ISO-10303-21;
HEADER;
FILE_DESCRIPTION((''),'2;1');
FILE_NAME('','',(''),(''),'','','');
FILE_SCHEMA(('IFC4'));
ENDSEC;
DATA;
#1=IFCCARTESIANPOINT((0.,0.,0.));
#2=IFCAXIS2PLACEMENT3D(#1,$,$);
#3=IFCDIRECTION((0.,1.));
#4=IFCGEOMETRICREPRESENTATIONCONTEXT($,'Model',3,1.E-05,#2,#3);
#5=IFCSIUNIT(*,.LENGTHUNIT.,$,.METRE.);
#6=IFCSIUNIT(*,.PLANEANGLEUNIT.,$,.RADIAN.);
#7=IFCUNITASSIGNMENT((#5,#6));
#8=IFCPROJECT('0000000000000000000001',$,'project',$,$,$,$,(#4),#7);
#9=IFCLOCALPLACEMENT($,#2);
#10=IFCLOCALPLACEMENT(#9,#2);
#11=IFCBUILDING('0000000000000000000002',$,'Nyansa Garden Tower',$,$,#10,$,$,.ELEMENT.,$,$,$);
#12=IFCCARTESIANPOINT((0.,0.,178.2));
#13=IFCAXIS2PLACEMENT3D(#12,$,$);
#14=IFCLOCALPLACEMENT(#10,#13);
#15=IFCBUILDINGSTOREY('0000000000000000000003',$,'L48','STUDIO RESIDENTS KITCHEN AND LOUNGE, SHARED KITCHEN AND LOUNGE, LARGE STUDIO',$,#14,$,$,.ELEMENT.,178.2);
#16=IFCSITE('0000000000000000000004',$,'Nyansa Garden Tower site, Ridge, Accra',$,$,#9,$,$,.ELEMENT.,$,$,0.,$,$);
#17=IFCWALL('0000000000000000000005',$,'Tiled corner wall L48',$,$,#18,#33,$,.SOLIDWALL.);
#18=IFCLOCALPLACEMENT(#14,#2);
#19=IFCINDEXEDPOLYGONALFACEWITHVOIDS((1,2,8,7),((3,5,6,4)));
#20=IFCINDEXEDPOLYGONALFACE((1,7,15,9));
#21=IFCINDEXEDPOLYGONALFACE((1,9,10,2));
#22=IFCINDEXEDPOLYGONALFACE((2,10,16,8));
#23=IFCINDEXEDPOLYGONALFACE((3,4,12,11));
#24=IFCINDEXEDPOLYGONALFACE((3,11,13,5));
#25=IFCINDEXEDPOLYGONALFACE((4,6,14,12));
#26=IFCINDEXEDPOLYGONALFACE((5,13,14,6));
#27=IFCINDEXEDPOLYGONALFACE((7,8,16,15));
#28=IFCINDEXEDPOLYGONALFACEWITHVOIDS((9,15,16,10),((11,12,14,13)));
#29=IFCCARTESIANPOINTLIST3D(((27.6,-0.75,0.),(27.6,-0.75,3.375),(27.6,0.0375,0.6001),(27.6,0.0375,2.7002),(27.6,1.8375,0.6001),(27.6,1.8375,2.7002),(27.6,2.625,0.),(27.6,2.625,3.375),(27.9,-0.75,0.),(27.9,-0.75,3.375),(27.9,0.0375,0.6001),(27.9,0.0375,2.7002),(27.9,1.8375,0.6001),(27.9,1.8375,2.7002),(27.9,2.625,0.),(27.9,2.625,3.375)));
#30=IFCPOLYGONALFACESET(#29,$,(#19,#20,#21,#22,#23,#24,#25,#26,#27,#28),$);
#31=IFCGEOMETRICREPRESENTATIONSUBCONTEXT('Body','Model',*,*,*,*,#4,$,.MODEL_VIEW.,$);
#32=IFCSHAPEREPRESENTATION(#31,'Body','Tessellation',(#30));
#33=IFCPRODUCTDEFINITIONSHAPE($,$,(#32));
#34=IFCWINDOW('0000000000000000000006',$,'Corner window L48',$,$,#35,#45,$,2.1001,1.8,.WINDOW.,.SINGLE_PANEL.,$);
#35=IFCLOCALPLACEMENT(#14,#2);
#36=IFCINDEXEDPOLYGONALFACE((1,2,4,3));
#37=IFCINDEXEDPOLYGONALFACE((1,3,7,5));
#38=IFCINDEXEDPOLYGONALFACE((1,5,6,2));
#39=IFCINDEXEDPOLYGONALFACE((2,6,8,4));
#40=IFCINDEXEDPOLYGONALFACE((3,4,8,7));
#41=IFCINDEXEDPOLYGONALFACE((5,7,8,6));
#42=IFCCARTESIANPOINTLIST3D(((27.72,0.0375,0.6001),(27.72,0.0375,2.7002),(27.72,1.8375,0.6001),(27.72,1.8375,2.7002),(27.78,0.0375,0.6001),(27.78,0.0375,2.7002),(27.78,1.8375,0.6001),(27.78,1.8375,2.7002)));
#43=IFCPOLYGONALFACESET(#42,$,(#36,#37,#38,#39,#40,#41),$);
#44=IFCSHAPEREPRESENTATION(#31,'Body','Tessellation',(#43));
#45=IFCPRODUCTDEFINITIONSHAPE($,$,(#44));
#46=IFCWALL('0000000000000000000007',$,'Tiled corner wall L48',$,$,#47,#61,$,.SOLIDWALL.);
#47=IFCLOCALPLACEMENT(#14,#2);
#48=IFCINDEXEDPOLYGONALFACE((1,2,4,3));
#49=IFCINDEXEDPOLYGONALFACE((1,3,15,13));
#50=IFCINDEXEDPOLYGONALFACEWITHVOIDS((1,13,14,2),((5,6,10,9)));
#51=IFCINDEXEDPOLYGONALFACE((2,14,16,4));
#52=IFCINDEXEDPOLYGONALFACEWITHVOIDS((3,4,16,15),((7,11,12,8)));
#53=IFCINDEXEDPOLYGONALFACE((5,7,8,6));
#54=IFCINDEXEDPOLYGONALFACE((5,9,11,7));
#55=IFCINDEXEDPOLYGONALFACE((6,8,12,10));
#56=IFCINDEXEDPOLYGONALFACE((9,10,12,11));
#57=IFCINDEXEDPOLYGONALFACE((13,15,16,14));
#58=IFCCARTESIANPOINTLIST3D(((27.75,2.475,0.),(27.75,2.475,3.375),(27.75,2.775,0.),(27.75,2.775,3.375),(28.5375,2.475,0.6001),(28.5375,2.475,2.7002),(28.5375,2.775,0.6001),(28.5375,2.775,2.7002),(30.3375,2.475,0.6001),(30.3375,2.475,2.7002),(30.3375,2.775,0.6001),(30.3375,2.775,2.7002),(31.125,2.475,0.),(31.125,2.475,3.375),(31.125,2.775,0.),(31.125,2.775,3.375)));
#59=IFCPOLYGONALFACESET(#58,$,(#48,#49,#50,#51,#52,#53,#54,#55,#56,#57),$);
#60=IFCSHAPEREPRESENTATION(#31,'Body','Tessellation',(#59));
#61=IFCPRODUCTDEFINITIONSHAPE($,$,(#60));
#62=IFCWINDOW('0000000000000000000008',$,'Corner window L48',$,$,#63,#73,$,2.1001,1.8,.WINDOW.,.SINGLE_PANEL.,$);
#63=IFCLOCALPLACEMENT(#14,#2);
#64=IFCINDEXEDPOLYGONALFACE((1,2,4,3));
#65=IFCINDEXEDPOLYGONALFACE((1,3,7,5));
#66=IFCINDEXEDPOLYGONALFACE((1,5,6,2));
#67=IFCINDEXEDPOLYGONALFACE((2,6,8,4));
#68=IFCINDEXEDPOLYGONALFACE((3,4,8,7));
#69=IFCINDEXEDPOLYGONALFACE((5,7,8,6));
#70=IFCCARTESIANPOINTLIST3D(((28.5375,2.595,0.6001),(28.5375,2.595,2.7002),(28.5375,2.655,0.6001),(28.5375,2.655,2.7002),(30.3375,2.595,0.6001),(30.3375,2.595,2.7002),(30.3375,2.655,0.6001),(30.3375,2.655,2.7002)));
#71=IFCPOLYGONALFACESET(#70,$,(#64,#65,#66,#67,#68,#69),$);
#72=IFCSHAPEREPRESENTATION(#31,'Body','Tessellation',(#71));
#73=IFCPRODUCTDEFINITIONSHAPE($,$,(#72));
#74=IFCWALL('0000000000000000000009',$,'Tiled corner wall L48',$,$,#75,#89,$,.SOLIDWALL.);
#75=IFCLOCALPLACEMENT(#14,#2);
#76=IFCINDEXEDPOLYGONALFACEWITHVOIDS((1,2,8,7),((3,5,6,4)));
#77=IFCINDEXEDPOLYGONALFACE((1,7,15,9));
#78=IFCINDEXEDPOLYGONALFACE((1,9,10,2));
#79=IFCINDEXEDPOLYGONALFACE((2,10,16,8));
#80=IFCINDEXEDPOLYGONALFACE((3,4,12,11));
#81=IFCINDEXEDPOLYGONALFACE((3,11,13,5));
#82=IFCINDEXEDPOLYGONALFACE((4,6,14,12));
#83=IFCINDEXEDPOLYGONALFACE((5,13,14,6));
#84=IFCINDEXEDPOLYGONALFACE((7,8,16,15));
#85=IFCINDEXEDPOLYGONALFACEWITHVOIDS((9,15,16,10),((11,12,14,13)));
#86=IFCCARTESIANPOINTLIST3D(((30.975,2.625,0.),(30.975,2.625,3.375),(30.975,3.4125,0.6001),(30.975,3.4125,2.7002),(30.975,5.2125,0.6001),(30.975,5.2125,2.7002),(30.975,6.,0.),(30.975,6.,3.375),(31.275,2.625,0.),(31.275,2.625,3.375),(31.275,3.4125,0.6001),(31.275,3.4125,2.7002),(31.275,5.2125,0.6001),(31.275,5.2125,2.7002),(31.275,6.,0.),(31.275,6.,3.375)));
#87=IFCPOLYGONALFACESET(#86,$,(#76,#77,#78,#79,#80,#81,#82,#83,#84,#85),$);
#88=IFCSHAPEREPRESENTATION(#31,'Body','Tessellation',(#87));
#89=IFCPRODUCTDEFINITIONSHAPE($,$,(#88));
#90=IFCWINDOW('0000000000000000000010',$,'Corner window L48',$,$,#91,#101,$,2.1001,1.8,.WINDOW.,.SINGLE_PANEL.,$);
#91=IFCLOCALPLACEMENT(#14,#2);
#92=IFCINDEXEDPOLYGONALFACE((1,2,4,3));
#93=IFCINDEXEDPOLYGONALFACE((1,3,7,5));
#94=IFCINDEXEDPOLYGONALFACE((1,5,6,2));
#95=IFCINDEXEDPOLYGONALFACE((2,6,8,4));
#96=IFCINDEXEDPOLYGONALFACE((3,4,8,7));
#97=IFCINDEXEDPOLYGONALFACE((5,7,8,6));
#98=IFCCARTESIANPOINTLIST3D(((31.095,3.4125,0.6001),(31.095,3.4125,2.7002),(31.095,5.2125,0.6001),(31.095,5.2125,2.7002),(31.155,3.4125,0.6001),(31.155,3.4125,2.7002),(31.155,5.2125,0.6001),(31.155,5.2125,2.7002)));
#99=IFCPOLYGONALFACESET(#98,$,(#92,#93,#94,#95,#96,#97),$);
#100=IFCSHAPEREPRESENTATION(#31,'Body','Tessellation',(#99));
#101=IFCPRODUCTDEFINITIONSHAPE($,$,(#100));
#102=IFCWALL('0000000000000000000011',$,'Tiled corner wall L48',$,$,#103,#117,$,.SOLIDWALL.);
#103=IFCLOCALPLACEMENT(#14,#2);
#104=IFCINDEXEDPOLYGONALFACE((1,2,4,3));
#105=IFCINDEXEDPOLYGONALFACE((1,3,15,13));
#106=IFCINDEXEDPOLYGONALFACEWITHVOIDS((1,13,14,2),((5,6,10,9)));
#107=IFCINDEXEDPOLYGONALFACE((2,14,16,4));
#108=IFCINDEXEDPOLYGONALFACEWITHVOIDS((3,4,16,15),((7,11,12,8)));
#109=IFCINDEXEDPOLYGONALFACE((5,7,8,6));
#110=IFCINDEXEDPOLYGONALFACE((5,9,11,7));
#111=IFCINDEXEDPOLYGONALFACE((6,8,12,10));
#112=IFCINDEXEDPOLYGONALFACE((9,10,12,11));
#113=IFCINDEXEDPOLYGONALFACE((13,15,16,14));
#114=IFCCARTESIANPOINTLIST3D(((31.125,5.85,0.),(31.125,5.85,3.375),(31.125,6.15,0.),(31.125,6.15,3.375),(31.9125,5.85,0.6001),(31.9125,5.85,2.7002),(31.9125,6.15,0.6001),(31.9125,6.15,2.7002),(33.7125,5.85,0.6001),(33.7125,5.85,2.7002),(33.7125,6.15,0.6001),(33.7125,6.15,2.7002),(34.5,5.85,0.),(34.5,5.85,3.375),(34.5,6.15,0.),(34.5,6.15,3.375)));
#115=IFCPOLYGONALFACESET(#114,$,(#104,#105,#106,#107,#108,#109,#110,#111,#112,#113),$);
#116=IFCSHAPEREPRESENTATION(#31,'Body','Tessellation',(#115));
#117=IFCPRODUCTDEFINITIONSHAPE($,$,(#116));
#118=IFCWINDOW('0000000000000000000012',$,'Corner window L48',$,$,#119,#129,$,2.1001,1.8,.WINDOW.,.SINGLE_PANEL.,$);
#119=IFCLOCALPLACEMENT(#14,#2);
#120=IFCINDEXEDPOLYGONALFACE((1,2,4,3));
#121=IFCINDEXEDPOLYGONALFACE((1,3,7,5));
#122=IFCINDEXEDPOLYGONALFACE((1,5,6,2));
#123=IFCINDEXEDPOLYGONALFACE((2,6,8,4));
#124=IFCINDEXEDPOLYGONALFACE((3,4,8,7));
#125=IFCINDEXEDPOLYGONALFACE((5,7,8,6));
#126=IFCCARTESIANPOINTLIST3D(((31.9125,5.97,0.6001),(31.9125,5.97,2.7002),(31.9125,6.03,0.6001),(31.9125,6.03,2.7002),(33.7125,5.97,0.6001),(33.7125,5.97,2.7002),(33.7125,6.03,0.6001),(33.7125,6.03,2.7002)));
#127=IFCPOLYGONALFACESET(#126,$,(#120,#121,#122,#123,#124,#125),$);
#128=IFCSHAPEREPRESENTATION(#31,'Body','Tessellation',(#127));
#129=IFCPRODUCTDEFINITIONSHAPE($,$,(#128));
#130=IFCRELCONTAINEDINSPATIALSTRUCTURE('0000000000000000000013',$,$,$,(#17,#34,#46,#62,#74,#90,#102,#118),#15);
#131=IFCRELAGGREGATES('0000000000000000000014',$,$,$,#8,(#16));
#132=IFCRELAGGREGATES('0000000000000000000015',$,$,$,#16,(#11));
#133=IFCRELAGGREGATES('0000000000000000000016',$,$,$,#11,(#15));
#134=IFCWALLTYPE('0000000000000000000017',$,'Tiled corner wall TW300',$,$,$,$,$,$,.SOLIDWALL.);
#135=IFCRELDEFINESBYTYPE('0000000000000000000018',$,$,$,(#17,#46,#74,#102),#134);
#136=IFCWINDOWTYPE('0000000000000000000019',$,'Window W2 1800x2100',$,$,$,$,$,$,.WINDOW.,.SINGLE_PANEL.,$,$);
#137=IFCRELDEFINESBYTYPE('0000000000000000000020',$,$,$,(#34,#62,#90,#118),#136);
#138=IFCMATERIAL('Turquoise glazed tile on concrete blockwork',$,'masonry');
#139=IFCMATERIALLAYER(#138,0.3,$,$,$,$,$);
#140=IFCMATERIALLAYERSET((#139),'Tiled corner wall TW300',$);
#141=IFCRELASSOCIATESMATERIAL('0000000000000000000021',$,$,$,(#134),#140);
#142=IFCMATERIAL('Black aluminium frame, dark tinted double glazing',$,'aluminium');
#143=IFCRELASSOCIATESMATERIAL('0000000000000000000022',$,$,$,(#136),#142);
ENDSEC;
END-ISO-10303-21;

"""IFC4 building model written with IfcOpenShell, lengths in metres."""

from ifc_helpers import new_model, si_unit, direction, frame, frame_2d, origin, place, context, subcontext, project, spatial, rectangle, extrude, material, layer, layer_set, type_object, element, fill, save


model = new_model("IFC4")

# Units and contexts
model_context = context("Model", 3, precision=1e-05, world=origin(), true_north=direction((0.0, 1.0)))
body_context = subcontext(model_context, "Body", "Model", "MODEL_VIEW")
ifc_project = project(units=[si_unit("LENGTHUNIT", "METRE"), si_unit("PLANEANGLEUNIT", "RADIAN")], contexts=[model_context])

# Site, building, storey
site_placement = place(None, origin())
site = spatial("IfcSite", under=ifc_project, at=site_placement, Name="Nyansa Garden Tower site, Ridge, Accra", CompositionType="ELEMENT", RefElevation=0.0)
building_placement = place(site_placement, origin())
building = spatial("IfcBuilding", under=site, at=building_placement, Name="Nyansa Garden Tower", CompositionType="ELEMENT")
storey_placement = place(building_placement, frame((0.0, 0.0, 178.2)))
storey = spatial("IfcBuildingStorey", under=building, at=storey_placement, Name="L48", Description="STUDIO RESIDENTS KITCHEN AND LOUNGE, SHARED KITCHEN AND LOUNGE, LARGE STUDIO", CompositionType="ELEMENT", Elevation=178.2)

# Walls, openings, windows
ifc_material_1 = material(Name="Turquoise glazed tile on concrete blockwork", Category="masonry")
ifc_layer_1 = layer(ifc_material_1, 0.3)
ifc_layer_set_1 = layer_set([ifc_layer_1], Name="Tiled corner wall TW300")
wall_type_1 = type_object("IfcWallType", Name="Tiled corner wall TW300", PredefinedType="SOLIDWALL", material=ifc_layer_set_1)
wall_1_placement = place(storey_placement, frame((27.75, -0.75, 0.0), z_axis=(0.0, 0.0, 1.0), x_axis=(0.0, 1.0, 0.0)))
wall_1 = element("IfcWall", 1, at=wall_1_placement, inside=storey, type_object=wall_type_1, Name="Tiled corner wall L48", PredefinedType="SOLIDWALL", context=body_context, shape_type="SweptSolid", body=[
    extrude(rectangle(XDim=3.375, YDim=0.3, at=frame_2d((1.6875, 0.0))), origin(), (0.0, 0.0, 1.0), 3.375),
])
opening_1_placement = place(wall_1_placement, frame((0.7876, 0.0, 0.6001)))
opening_1 = element("IfcOpeningElement", 2, at=opening_1_placement, cuts=wall_1, PredefinedType="OPENING", context=body_context, shape_type="SweptSolid", body=[
    extrude(rectangle(XDim=1.8, YDim=2.1001, at=frame_2d((0.8999, 1.05))), frame((0.0, 0.1599, 0.0), z_axis=(0.0, -1.0, 0.0), x_axis=(1.0, 0.0, 0.0)), (0.0, 0.0, 1.0), 0.3201),
])
ifc_material_2 = material(Name="Black aluminium frame, dark tinted double glazing", Category="aluminium")
window_type = type_object("IfcWindowType", Name="Window W2 1800x2100", PartitioningType="SINGLE_PANEL", PredefinedType="WINDOW", material=ifc_material_2)
window_1_placement = place(opening_1_placement, origin())
window_1 = element("IfcWindow", 3, at=window_1_placement, inside=storey, type_object=window_type, Name="Corner window L48", OverallHeight=2.1001, OverallWidth=1.8, PartitioningType="SINGLE_PANEL", PredefinedType="WINDOW", context=body_context, shape_type="SweptSolid", body=[
    extrude(rectangle(XDim=1.8, YDim=2.1001, at=frame_2d((0.8999, 1.05))), frame((0.0, 0.03, 0.0), z_axis=(0.0, -1.0, 0.0), x_axis=(1.0, 0.0, 0.0)), (0.0, 0.0, 1.0), 0.0601),
])
fill(opening_1, window_1)
wall_2_placement = place(storey_placement, frame((27.75, 2.625, 0.0), z_axis=(0.0, 0.0, 1.0), x_axis=(1.0, 0.0, 0.0)))
wall_2 = element("IfcWall", 4, at=wall_2_placement, inside=storey, type_object=wall_type_1, Name="Tiled corner wall L48", PredefinedType="SOLIDWALL", context=body_context, shape_type="SweptSolid", body=[
    extrude(rectangle(XDim=3.375, YDim=0.3, at=frame_2d((1.6875, 0.0))), origin(), (0.0, 0.0, 1.0), 3.375),
])
opening_2_placement = place(wall_2_placement, frame((0.7876, 0.0, 0.6001)))
opening_2 = element("IfcOpeningElement", 5, at=opening_2_placement, cuts=wall_2, PredefinedType="OPENING", context=body_context, shape_type="SweptSolid", body=[
    extrude(rectangle(XDim=1.8, YDim=2.1001, at=frame_2d((0.8999, 1.05))), frame((0.0, 0.1599, 0.0), z_axis=(0.0, -1.0, 0.0), x_axis=(1.0, 0.0, 0.0)), (0.0, 0.0, 1.0), 0.3201),
])
window_2_placement = place(opening_2_placement, origin())
window_2 = element("IfcWindow", 6, at=window_2_placement, inside=storey, type_object=window_type, Name="Corner window L48", OverallHeight=2.1001, OverallWidth=1.8, PartitioningType="SINGLE_PANEL", PredefinedType="WINDOW", context=body_context, shape_type="SweptSolid", body=[
    extrude(rectangle(XDim=1.8, YDim=2.1001, at=frame_2d((0.8999, 1.05))), frame((0.0, 0.03, 0.0), z_axis=(0.0, -1.0, 0.0), x_axis=(1.0, 0.0, 0.0)), (0.0, 0.0, 1.0), 0.0601),
])
fill(opening_2, window_2)
wall_3_placement = place(storey_placement, frame((31.125, 2.625, 0.0), z_axis=(0.0, 0.0, 1.0), x_axis=(0.0, 1.0, 0.0)))
wall_3 = element("IfcWall", 7, at=wall_3_placement, inside=storey, type_object=wall_type_1, Name="Tiled corner wall L48", PredefinedType="SOLIDWALL", context=body_context, shape_type="SweptSolid", body=[
    extrude(rectangle(XDim=3.375, YDim=0.3, at=frame_2d((1.6875, 0.0))), origin(), (0.0, 0.0, 1.0), 3.375),
])
opening_3_placement = place(wall_3_placement, frame((0.7876, 0.0, 0.6001)))
opening_3 = element("IfcOpeningElement", 8, at=opening_3_placement, cuts=wall_3, PredefinedType="OPENING", context=body_context, shape_type="SweptSolid", body=[
    extrude(rectangle(XDim=1.8, YDim=2.1001, at=frame_2d((0.8999, 1.05))), frame((0.0, 0.1599, 0.0), z_axis=(0.0, -1.0, 0.0), x_axis=(1.0, 0.0, 0.0)), (0.0, 0.0, 1.0), 0.3201),
])
window_3_placement = place(opening_3_placement, origin())
window_3 = element("IfcWindow", 9, at=window_3_placement, inside=storey, type_object=window_type, Name="Corner window L48", OverallHeight=2.1001, OverallWidth=1.8, PartitioningType="SINGLE_PANEL", PredefinedType="WINDOW", context=body_context, shape_type="SweptSolid", body=[
    extrude(rectangle(XDim=1.8, YDim=2.1001, at=frame_2d((0.8999, 1.05))), frame((0.0, 0.03, 0.0), z_axis=(0.0, -1.0, 0.0), x_axis=(1.0, 0.0, 0.0)), (0.0, 0.0, 1.0), 0.0601),
])
fill(opening_3, window_3)
wall_4_placement = place(storey_placement, frame((31.125, 6.0, 0.0), z_axis=(0.0, 0.0, 1.0), x_axis=(1.0, 0.0, 0.0)))
wall_4 = element("IfcWall", 10, at=wall_4_placement, inside=storey, type_object=wall_type_1, Name="Tiled corner wall L48", PredefinedType="SOLIDWALL", context=body_context, shape_type="SweptSolid", body=[
    extrude(rectangle(XDim=3.375, YDim=0.3, at=frame_2d((1.6875, 0.0))), origin(), (0.0, 0.0, 1.0), 3.375),
])
opening_4_placement = place(wall_4_placement, frame((0.7876, 0.0, 0.6001)))
opening_4 = element("IfcOpeningElement", 11, at=opening_4_placement, cuts=wall_4, PredefinedType="OPENING", context=body_context, shape_type="SweptSolid", body=[
    extrude(rectangle(XDim=1.8, YDim=2.1001, at=frame_2d((0.8999, 1.05))), frame((0.0, 0.1599, 0.0), z_axis=(0.0, -1.0, 0.0), x_axis=(1.0, 0.0, 0.0)), (0.0, 0.0, 1.0), 0.3201),
])
window_4_placement = place(opening_4_placement, origin())
window_4 = element("IfcWindow", 12, at=window_4_placement, inside=storey, type_object=window_type, Name="Corner window L48", OverallHeight=2.1001, OverallWidth=1.8, PartitioningType="SINGLE_PANEL", PredefinedType="WINDOW", context=body_context, shape_type="SweptSolid", body=[
    extrude(rectangle(XDim=1.8, YDim=2.1001, at=frame_2d((0.8999, 1.05))), frame((0.0, 0.03, 0.0), z_axis=(0.0, -1.0, 0.0), x_axis=(1.0, 0.0, 0.0)), (0.0, 0.0, 1.0), 0.0601),
])
fill(opening_4, window_4)

save(model, "model.ifc")
